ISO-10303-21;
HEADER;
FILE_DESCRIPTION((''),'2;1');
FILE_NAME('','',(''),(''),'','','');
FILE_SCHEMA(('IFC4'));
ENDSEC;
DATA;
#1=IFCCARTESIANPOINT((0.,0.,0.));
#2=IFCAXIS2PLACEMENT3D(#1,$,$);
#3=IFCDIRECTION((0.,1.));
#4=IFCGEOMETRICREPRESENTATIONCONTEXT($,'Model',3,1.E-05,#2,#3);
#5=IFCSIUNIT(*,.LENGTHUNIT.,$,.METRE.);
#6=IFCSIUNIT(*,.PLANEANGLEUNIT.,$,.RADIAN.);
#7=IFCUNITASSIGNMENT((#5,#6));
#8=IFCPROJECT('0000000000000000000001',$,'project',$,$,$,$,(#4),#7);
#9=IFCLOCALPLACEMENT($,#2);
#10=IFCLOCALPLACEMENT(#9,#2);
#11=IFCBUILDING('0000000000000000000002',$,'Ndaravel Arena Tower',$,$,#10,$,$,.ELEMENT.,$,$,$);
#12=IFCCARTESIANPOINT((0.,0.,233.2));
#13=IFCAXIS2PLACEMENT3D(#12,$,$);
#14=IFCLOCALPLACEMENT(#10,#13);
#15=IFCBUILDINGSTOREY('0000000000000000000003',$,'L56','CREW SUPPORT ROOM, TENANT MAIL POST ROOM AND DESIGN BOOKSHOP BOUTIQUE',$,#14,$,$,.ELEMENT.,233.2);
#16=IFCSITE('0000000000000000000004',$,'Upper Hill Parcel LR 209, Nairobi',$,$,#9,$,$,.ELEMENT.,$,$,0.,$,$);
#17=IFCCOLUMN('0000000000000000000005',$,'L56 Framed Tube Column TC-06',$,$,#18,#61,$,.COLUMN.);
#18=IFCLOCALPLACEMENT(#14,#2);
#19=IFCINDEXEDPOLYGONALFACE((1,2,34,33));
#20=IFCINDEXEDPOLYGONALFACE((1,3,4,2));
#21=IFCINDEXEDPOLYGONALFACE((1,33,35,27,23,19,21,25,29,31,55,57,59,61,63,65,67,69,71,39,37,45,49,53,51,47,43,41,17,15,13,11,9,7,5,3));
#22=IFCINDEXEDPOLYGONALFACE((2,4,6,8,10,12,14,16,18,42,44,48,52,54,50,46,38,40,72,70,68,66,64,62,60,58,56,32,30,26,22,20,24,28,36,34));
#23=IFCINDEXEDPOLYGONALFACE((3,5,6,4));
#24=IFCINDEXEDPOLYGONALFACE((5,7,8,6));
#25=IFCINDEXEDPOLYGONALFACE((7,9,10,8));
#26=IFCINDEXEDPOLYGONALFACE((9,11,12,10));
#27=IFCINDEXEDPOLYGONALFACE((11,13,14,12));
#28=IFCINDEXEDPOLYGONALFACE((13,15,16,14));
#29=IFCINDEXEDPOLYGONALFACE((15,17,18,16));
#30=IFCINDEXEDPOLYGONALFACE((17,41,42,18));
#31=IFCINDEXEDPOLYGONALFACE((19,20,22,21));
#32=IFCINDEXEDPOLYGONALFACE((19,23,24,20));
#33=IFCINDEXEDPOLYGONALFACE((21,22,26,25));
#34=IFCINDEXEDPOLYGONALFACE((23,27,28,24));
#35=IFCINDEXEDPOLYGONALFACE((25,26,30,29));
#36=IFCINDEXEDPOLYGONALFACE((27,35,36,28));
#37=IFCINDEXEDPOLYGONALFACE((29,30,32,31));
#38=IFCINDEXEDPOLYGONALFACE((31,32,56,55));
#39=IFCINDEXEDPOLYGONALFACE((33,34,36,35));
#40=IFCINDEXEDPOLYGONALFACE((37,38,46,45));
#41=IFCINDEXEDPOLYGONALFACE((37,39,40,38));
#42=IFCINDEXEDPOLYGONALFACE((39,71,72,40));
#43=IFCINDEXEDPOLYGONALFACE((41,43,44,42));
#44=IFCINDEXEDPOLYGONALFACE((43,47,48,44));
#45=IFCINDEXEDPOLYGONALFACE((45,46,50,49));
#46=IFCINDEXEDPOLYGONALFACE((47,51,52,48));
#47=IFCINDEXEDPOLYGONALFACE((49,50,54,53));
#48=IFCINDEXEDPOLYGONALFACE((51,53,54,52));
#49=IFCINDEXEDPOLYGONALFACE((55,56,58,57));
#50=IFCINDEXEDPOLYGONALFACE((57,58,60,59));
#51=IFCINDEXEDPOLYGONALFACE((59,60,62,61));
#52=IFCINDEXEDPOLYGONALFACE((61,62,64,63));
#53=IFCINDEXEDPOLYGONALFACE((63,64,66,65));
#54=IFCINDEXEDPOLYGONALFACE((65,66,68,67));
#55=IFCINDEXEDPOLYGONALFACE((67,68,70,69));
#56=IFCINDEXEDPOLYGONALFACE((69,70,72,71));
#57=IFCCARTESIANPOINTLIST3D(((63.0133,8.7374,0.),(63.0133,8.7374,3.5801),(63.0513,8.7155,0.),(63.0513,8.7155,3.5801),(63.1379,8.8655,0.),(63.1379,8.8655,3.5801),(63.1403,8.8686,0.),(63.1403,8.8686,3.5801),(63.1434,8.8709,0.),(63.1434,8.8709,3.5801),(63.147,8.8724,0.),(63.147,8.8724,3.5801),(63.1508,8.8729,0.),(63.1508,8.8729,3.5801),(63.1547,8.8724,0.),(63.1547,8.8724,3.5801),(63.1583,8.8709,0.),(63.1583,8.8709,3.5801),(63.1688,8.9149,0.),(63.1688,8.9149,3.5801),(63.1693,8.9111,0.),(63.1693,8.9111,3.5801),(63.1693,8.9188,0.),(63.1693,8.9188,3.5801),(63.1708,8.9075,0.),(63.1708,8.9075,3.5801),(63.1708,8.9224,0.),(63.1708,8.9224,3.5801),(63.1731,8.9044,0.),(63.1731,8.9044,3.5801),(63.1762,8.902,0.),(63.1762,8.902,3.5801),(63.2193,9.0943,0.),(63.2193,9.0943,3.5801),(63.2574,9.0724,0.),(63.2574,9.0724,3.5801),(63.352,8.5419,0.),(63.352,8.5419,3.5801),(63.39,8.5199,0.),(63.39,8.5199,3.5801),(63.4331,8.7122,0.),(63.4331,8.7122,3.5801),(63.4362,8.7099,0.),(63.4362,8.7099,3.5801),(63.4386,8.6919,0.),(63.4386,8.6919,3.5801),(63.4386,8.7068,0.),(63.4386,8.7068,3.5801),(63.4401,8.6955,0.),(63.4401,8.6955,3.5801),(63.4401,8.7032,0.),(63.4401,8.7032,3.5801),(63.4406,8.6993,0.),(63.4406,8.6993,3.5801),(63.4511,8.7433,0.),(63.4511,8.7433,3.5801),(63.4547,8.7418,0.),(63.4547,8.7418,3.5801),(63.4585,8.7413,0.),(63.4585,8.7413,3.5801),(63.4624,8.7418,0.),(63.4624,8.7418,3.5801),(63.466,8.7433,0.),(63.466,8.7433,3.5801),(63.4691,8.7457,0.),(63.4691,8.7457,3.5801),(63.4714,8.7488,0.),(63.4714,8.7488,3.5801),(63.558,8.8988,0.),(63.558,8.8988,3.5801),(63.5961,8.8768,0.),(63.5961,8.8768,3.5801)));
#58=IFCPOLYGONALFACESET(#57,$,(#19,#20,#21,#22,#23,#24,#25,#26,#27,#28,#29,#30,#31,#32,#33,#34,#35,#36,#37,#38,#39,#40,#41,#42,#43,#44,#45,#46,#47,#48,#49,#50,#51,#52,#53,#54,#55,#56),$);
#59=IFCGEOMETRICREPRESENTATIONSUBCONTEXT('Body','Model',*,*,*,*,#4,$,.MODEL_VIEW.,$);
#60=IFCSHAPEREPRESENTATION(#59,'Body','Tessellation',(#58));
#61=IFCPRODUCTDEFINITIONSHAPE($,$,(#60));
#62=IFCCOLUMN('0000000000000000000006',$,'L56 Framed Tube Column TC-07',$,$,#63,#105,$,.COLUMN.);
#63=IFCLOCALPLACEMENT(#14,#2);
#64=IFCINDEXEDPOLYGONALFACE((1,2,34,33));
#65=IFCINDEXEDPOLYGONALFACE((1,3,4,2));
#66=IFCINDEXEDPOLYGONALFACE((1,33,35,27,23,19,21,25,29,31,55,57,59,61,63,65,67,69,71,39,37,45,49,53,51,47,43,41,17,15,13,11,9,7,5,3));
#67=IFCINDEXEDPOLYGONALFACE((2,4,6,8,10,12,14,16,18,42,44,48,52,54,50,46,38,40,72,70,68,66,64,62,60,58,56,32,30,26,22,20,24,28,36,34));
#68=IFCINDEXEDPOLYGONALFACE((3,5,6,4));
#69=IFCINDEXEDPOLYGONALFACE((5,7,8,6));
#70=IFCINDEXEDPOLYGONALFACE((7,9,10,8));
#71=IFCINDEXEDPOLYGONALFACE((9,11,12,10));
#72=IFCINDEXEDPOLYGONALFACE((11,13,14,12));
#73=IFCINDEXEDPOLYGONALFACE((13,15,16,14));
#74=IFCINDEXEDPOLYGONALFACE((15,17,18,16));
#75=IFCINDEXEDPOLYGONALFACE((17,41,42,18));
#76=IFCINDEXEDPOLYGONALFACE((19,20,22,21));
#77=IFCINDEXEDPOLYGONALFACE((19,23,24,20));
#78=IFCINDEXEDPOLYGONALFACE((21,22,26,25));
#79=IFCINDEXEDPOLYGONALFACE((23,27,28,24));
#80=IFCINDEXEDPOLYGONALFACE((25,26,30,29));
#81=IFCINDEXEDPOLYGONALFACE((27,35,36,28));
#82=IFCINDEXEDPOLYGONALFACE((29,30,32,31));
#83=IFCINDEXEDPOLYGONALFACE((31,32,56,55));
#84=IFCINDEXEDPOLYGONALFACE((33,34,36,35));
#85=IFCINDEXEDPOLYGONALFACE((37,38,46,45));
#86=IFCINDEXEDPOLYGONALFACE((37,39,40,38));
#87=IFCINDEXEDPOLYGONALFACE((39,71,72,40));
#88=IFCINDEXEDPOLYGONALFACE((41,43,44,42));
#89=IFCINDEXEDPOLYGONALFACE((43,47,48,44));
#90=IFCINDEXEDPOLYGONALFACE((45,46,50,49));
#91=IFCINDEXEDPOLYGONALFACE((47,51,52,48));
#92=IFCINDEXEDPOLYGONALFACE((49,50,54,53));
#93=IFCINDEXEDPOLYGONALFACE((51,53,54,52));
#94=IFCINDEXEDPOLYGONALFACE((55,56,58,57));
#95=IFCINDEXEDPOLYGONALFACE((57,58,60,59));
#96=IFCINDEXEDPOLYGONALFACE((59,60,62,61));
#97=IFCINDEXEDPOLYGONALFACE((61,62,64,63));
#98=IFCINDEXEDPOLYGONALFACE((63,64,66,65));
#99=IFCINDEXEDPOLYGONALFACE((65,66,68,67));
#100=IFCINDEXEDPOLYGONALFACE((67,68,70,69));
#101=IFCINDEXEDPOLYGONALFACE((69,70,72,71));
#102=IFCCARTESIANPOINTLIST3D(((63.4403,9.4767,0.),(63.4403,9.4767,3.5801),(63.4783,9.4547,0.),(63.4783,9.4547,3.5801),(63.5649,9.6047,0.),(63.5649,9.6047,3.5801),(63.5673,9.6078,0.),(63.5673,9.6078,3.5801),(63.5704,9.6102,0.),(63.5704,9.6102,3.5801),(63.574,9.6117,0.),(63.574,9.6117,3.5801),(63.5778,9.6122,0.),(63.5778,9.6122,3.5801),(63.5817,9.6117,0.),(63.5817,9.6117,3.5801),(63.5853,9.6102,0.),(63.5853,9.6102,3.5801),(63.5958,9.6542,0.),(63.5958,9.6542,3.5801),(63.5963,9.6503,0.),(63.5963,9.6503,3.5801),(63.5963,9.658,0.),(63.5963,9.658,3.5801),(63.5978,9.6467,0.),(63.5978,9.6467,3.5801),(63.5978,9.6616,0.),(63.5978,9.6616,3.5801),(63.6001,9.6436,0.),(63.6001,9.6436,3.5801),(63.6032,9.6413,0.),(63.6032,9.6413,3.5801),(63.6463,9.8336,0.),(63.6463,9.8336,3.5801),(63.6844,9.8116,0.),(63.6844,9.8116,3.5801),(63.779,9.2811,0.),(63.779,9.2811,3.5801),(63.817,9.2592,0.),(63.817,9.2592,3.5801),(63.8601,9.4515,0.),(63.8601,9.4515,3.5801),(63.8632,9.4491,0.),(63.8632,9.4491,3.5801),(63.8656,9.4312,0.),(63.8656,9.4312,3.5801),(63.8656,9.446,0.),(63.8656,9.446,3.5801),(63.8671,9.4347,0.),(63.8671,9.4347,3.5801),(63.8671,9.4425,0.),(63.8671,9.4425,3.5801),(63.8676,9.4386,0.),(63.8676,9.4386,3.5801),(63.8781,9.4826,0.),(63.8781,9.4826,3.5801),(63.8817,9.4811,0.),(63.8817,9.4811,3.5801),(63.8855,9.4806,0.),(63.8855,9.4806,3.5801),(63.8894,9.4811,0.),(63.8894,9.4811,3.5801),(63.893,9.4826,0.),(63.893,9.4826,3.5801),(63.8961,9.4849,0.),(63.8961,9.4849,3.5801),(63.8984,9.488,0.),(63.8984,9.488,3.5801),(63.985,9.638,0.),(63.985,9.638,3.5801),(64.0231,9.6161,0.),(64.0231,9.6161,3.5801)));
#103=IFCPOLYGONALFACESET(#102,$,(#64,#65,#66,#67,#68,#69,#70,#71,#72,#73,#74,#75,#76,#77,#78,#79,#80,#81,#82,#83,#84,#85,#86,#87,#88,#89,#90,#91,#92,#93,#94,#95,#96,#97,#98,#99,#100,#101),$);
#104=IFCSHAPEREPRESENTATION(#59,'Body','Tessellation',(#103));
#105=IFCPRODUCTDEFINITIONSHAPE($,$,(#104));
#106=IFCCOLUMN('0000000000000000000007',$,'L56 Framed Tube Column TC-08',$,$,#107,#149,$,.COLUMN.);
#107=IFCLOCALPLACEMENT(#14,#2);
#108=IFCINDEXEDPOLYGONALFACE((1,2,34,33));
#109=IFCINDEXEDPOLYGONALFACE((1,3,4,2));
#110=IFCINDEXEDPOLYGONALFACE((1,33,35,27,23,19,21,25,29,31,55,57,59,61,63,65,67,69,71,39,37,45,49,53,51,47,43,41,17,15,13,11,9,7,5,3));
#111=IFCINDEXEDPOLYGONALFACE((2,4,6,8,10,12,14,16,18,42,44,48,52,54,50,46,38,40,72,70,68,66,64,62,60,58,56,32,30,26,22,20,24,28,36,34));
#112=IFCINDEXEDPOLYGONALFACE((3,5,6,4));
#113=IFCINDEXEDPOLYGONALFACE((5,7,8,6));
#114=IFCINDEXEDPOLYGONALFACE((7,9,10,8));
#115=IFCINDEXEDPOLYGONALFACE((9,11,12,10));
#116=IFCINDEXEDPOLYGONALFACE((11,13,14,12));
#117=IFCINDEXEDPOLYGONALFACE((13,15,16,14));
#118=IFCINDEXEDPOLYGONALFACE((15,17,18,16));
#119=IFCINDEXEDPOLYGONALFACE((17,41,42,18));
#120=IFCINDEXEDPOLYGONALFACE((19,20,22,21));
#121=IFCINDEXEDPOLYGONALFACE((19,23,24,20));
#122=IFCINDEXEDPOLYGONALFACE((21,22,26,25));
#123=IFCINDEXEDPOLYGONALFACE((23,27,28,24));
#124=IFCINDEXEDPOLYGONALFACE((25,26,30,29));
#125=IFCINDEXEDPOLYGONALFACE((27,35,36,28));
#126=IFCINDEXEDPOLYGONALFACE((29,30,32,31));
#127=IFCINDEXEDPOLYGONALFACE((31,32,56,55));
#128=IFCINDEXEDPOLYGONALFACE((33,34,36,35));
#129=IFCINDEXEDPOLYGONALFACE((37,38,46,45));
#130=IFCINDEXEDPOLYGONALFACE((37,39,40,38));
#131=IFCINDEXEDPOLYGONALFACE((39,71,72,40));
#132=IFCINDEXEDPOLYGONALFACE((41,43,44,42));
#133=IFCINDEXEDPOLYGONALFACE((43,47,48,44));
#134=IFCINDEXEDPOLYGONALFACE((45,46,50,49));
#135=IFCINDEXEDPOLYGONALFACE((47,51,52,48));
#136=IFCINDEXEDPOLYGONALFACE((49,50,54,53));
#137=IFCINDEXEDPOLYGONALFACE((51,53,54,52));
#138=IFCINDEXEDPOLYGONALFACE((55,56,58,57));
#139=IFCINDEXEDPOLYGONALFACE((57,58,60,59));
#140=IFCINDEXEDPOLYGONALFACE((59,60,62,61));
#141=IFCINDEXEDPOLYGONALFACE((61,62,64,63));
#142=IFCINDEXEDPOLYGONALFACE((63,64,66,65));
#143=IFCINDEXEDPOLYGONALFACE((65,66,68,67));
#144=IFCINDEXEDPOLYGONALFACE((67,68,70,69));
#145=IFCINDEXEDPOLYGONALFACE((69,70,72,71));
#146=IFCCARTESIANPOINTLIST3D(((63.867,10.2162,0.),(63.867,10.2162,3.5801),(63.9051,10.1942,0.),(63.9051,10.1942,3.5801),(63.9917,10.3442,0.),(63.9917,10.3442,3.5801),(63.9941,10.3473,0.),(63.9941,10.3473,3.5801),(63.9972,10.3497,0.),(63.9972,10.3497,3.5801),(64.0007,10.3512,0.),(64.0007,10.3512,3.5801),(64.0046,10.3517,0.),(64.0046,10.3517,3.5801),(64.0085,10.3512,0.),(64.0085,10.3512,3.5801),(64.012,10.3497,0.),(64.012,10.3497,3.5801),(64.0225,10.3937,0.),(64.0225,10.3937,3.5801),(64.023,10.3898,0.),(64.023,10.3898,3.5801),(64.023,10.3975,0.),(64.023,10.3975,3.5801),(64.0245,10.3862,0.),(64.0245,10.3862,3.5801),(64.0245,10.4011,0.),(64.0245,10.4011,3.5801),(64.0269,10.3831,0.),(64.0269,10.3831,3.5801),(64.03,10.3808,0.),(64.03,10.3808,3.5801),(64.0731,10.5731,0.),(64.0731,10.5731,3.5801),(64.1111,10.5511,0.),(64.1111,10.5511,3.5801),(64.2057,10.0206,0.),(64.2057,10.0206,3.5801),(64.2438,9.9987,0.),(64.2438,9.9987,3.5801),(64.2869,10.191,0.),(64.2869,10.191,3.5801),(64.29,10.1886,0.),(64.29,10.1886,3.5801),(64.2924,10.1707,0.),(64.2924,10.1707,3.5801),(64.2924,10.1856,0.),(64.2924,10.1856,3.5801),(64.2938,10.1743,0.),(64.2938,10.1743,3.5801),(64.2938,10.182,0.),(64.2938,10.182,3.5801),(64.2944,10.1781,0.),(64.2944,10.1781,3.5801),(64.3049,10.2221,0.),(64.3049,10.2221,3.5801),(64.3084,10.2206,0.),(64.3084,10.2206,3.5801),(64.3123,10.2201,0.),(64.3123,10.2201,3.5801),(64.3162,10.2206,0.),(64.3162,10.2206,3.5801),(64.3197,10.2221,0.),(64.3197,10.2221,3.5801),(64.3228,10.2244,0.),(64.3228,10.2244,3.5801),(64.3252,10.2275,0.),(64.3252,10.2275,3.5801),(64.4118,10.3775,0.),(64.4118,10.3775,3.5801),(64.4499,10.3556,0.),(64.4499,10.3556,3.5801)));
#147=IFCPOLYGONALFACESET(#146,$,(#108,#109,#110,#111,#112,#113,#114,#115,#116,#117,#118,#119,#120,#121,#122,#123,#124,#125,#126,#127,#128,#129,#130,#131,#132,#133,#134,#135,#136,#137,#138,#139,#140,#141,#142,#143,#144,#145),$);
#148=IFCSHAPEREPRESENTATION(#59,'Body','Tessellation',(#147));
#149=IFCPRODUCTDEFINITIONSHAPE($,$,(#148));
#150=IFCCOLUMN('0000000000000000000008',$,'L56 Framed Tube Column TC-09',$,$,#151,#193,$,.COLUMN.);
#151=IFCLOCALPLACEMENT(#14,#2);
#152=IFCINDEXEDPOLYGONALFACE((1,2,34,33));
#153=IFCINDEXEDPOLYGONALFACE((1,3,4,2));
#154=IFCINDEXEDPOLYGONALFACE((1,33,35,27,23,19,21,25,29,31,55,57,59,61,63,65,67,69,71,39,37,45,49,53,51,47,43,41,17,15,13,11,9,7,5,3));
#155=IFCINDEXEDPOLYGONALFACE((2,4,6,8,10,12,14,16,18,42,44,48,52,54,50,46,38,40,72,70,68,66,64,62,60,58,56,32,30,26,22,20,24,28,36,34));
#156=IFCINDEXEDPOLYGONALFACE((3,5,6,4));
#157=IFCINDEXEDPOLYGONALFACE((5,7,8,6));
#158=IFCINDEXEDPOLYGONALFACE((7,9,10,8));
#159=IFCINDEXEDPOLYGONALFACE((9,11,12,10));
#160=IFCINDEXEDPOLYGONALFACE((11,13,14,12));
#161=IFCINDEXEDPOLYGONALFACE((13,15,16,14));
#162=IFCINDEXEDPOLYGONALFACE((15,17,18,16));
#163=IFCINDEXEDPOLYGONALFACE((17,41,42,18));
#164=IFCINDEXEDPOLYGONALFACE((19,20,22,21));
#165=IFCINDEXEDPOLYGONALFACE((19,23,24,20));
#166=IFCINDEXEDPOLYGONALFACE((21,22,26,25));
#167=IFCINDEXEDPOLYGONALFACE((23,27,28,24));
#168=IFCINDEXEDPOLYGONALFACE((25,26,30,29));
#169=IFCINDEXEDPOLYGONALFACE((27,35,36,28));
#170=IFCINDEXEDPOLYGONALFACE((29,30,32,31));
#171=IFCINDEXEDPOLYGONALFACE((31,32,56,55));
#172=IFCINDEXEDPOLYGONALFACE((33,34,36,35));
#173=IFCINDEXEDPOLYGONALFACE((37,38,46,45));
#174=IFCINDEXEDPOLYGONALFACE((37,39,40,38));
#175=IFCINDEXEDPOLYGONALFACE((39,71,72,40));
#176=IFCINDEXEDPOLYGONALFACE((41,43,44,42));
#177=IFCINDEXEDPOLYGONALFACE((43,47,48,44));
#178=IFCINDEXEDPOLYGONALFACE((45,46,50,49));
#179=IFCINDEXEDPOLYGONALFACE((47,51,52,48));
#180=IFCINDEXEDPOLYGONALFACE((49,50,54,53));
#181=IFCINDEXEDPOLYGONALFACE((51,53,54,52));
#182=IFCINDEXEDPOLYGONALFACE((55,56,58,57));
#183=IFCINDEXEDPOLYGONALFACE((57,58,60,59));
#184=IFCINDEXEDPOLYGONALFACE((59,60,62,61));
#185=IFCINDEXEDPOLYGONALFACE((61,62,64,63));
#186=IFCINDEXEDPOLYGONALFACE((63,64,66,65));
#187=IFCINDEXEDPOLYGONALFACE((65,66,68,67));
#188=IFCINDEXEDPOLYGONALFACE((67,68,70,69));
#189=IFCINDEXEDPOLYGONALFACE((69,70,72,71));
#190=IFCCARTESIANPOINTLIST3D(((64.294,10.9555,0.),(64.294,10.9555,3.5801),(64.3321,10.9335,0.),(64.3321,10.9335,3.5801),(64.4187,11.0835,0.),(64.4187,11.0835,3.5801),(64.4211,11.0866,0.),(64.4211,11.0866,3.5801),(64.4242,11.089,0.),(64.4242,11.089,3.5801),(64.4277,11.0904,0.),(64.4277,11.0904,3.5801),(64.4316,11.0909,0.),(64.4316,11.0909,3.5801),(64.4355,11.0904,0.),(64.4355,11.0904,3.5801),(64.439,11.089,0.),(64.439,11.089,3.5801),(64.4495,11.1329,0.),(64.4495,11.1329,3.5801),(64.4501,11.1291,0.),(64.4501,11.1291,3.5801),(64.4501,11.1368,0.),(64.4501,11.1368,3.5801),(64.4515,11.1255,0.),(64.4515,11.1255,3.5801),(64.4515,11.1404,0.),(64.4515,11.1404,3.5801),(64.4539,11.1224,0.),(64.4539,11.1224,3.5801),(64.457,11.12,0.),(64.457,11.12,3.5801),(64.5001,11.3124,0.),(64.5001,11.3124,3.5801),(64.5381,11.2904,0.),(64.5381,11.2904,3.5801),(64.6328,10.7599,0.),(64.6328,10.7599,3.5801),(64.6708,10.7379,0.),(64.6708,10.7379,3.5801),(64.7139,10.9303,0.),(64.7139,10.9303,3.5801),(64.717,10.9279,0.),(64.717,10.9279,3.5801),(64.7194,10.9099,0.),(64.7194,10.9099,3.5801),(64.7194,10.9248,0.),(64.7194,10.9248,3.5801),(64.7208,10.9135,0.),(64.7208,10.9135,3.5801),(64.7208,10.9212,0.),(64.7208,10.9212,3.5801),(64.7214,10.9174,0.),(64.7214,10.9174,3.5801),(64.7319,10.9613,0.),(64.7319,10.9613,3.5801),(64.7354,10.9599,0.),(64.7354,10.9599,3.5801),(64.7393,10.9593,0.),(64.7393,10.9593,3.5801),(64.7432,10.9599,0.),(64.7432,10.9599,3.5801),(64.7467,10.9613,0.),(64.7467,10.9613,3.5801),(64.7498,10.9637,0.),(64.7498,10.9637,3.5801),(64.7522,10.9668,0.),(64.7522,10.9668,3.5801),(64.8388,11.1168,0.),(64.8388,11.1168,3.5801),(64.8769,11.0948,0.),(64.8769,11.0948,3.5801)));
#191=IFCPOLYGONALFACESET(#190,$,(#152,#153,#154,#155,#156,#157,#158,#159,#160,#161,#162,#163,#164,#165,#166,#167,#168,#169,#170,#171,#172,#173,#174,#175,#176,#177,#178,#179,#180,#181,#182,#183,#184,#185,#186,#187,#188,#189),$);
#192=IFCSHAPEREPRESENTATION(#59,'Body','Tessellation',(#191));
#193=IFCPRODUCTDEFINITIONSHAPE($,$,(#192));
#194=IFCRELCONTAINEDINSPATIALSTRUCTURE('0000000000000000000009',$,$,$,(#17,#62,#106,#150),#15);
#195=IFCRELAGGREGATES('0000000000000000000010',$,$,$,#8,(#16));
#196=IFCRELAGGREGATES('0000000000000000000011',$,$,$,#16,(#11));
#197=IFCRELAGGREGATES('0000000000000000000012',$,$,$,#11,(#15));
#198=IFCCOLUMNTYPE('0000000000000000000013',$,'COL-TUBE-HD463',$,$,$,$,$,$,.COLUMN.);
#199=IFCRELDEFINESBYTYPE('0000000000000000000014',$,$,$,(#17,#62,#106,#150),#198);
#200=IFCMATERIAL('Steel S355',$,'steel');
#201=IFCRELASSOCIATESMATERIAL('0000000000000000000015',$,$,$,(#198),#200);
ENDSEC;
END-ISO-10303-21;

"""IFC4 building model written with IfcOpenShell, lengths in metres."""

from ifc_helpers import new_model, si_unit, direction, frame, origin, origin_2d, place, context, subcontext, project, spatial, i_section, extrude, material, material_profile, profile_set, type_object, element, save


model = new_model("IFC4")

# Units and contexts
model_context = context("Model", 3, precision=1e-05, world=origin(), true_north=direction((0.0, 1.0)))
body_context = subcontext(model_context, "Body", "Model", "MODEL_VIEW")
ifc_project = project(units=[si_unit("LENGTHUNIT", "METRE"), si_unit("PLANEANGLEUNIT", "RADIAN")], contexts=[model_context])

# Site, building, storey
site_placement = place(None, origin())
site = spatial("IfcSite", under=ifc_project, at=site_placement, Name="Upper Hill Parcel LR 209, Nairobi", CompositionType="ELEMENT", RefElevation=0.0)
building_placement = place(site_placement, origin())
building = spatial("IfcBuilding", under=site, at=building_placement, Name="Ndaravel Arena Tower", CompositionType="ELEMENT")
storey_placement = place(building_placement, frame((0.0, 0.0, 233.2)))
storey = spatial("IfcBuildingStorey", under=building, at=storey_placement, Name="L56", Description="CREW SUPPORT ROOM, TENANT MAIL POST ROOM AND DESIGN BOOKSHOP BOUTIQUE", CompositionType="ELEMENT", Elevation=233.2)

# Columns
ifc_material_1 = material(Name="Steel S355", Category="steel")
ifc_material_profile_1 = material_profile(ifc_material_1, i_section(OverallWidth=0.4121, OverallDepth=0.4351, WebThickness=0.0359, FlangeThickness=0.0439, FilletRadius=0.0149, at=origin_2d()), Name="HD 400x463")
ifc_profile_set_1 = profile_set([ifc_material_profile_1], Name="Steel S355")
column_type = type_object("IfcColumnType", Name="COL-TUBE-HD463", PredefinedType="COLUMN", material=ifc_profile_set_1)
for number, where, z_axis, x_axis, name in (
    (1, (63.3047, 8.8071, 0.0), (0.0, 0.0, 1.0), (0.5, 0.866025, 0.0), "L56 Framed Tube Column TC-06"),
    (2, (63.7317, 9.5464, 0.0), (0.0, 0.0, 1.0), (0.5, 0.866025, 0.0), "L56 Framed Tube Column TC-07"),
    (3, (64.1584, 10.2859, 0.0), (0.0, 0.0, 1.0), (0.5, 0.866025, 0.0), "L56 Framed Tube Column TC-08"),
    (4, (64.5854, 11.0251, 0.0), (0.0, 0.0, 1.0), (0.5, 0.866025, 0.0), "L56 Framed Tube Column TC-09"),
):
    element("IfcColumn", number, at=place(storey_placement, frame(where, z_axis=z_axis, x_axis=x_axis)), inside=storey, type_object=column_type, Name=name, PredefinedType="COLUMN", context=body_context, shape_type="SweptSolid", body=[
        extrude(i_section(OverallWidth=0.4121, OverallDepth=0.4351, WebThickness=0.0359, FlangeThickness=0.0439, FilletRadius=0.0149, at=origin_2d()), origin(), (0.0, 0.0, 1.0), 3.5801),
    ])

save(model, "model.ifc")
